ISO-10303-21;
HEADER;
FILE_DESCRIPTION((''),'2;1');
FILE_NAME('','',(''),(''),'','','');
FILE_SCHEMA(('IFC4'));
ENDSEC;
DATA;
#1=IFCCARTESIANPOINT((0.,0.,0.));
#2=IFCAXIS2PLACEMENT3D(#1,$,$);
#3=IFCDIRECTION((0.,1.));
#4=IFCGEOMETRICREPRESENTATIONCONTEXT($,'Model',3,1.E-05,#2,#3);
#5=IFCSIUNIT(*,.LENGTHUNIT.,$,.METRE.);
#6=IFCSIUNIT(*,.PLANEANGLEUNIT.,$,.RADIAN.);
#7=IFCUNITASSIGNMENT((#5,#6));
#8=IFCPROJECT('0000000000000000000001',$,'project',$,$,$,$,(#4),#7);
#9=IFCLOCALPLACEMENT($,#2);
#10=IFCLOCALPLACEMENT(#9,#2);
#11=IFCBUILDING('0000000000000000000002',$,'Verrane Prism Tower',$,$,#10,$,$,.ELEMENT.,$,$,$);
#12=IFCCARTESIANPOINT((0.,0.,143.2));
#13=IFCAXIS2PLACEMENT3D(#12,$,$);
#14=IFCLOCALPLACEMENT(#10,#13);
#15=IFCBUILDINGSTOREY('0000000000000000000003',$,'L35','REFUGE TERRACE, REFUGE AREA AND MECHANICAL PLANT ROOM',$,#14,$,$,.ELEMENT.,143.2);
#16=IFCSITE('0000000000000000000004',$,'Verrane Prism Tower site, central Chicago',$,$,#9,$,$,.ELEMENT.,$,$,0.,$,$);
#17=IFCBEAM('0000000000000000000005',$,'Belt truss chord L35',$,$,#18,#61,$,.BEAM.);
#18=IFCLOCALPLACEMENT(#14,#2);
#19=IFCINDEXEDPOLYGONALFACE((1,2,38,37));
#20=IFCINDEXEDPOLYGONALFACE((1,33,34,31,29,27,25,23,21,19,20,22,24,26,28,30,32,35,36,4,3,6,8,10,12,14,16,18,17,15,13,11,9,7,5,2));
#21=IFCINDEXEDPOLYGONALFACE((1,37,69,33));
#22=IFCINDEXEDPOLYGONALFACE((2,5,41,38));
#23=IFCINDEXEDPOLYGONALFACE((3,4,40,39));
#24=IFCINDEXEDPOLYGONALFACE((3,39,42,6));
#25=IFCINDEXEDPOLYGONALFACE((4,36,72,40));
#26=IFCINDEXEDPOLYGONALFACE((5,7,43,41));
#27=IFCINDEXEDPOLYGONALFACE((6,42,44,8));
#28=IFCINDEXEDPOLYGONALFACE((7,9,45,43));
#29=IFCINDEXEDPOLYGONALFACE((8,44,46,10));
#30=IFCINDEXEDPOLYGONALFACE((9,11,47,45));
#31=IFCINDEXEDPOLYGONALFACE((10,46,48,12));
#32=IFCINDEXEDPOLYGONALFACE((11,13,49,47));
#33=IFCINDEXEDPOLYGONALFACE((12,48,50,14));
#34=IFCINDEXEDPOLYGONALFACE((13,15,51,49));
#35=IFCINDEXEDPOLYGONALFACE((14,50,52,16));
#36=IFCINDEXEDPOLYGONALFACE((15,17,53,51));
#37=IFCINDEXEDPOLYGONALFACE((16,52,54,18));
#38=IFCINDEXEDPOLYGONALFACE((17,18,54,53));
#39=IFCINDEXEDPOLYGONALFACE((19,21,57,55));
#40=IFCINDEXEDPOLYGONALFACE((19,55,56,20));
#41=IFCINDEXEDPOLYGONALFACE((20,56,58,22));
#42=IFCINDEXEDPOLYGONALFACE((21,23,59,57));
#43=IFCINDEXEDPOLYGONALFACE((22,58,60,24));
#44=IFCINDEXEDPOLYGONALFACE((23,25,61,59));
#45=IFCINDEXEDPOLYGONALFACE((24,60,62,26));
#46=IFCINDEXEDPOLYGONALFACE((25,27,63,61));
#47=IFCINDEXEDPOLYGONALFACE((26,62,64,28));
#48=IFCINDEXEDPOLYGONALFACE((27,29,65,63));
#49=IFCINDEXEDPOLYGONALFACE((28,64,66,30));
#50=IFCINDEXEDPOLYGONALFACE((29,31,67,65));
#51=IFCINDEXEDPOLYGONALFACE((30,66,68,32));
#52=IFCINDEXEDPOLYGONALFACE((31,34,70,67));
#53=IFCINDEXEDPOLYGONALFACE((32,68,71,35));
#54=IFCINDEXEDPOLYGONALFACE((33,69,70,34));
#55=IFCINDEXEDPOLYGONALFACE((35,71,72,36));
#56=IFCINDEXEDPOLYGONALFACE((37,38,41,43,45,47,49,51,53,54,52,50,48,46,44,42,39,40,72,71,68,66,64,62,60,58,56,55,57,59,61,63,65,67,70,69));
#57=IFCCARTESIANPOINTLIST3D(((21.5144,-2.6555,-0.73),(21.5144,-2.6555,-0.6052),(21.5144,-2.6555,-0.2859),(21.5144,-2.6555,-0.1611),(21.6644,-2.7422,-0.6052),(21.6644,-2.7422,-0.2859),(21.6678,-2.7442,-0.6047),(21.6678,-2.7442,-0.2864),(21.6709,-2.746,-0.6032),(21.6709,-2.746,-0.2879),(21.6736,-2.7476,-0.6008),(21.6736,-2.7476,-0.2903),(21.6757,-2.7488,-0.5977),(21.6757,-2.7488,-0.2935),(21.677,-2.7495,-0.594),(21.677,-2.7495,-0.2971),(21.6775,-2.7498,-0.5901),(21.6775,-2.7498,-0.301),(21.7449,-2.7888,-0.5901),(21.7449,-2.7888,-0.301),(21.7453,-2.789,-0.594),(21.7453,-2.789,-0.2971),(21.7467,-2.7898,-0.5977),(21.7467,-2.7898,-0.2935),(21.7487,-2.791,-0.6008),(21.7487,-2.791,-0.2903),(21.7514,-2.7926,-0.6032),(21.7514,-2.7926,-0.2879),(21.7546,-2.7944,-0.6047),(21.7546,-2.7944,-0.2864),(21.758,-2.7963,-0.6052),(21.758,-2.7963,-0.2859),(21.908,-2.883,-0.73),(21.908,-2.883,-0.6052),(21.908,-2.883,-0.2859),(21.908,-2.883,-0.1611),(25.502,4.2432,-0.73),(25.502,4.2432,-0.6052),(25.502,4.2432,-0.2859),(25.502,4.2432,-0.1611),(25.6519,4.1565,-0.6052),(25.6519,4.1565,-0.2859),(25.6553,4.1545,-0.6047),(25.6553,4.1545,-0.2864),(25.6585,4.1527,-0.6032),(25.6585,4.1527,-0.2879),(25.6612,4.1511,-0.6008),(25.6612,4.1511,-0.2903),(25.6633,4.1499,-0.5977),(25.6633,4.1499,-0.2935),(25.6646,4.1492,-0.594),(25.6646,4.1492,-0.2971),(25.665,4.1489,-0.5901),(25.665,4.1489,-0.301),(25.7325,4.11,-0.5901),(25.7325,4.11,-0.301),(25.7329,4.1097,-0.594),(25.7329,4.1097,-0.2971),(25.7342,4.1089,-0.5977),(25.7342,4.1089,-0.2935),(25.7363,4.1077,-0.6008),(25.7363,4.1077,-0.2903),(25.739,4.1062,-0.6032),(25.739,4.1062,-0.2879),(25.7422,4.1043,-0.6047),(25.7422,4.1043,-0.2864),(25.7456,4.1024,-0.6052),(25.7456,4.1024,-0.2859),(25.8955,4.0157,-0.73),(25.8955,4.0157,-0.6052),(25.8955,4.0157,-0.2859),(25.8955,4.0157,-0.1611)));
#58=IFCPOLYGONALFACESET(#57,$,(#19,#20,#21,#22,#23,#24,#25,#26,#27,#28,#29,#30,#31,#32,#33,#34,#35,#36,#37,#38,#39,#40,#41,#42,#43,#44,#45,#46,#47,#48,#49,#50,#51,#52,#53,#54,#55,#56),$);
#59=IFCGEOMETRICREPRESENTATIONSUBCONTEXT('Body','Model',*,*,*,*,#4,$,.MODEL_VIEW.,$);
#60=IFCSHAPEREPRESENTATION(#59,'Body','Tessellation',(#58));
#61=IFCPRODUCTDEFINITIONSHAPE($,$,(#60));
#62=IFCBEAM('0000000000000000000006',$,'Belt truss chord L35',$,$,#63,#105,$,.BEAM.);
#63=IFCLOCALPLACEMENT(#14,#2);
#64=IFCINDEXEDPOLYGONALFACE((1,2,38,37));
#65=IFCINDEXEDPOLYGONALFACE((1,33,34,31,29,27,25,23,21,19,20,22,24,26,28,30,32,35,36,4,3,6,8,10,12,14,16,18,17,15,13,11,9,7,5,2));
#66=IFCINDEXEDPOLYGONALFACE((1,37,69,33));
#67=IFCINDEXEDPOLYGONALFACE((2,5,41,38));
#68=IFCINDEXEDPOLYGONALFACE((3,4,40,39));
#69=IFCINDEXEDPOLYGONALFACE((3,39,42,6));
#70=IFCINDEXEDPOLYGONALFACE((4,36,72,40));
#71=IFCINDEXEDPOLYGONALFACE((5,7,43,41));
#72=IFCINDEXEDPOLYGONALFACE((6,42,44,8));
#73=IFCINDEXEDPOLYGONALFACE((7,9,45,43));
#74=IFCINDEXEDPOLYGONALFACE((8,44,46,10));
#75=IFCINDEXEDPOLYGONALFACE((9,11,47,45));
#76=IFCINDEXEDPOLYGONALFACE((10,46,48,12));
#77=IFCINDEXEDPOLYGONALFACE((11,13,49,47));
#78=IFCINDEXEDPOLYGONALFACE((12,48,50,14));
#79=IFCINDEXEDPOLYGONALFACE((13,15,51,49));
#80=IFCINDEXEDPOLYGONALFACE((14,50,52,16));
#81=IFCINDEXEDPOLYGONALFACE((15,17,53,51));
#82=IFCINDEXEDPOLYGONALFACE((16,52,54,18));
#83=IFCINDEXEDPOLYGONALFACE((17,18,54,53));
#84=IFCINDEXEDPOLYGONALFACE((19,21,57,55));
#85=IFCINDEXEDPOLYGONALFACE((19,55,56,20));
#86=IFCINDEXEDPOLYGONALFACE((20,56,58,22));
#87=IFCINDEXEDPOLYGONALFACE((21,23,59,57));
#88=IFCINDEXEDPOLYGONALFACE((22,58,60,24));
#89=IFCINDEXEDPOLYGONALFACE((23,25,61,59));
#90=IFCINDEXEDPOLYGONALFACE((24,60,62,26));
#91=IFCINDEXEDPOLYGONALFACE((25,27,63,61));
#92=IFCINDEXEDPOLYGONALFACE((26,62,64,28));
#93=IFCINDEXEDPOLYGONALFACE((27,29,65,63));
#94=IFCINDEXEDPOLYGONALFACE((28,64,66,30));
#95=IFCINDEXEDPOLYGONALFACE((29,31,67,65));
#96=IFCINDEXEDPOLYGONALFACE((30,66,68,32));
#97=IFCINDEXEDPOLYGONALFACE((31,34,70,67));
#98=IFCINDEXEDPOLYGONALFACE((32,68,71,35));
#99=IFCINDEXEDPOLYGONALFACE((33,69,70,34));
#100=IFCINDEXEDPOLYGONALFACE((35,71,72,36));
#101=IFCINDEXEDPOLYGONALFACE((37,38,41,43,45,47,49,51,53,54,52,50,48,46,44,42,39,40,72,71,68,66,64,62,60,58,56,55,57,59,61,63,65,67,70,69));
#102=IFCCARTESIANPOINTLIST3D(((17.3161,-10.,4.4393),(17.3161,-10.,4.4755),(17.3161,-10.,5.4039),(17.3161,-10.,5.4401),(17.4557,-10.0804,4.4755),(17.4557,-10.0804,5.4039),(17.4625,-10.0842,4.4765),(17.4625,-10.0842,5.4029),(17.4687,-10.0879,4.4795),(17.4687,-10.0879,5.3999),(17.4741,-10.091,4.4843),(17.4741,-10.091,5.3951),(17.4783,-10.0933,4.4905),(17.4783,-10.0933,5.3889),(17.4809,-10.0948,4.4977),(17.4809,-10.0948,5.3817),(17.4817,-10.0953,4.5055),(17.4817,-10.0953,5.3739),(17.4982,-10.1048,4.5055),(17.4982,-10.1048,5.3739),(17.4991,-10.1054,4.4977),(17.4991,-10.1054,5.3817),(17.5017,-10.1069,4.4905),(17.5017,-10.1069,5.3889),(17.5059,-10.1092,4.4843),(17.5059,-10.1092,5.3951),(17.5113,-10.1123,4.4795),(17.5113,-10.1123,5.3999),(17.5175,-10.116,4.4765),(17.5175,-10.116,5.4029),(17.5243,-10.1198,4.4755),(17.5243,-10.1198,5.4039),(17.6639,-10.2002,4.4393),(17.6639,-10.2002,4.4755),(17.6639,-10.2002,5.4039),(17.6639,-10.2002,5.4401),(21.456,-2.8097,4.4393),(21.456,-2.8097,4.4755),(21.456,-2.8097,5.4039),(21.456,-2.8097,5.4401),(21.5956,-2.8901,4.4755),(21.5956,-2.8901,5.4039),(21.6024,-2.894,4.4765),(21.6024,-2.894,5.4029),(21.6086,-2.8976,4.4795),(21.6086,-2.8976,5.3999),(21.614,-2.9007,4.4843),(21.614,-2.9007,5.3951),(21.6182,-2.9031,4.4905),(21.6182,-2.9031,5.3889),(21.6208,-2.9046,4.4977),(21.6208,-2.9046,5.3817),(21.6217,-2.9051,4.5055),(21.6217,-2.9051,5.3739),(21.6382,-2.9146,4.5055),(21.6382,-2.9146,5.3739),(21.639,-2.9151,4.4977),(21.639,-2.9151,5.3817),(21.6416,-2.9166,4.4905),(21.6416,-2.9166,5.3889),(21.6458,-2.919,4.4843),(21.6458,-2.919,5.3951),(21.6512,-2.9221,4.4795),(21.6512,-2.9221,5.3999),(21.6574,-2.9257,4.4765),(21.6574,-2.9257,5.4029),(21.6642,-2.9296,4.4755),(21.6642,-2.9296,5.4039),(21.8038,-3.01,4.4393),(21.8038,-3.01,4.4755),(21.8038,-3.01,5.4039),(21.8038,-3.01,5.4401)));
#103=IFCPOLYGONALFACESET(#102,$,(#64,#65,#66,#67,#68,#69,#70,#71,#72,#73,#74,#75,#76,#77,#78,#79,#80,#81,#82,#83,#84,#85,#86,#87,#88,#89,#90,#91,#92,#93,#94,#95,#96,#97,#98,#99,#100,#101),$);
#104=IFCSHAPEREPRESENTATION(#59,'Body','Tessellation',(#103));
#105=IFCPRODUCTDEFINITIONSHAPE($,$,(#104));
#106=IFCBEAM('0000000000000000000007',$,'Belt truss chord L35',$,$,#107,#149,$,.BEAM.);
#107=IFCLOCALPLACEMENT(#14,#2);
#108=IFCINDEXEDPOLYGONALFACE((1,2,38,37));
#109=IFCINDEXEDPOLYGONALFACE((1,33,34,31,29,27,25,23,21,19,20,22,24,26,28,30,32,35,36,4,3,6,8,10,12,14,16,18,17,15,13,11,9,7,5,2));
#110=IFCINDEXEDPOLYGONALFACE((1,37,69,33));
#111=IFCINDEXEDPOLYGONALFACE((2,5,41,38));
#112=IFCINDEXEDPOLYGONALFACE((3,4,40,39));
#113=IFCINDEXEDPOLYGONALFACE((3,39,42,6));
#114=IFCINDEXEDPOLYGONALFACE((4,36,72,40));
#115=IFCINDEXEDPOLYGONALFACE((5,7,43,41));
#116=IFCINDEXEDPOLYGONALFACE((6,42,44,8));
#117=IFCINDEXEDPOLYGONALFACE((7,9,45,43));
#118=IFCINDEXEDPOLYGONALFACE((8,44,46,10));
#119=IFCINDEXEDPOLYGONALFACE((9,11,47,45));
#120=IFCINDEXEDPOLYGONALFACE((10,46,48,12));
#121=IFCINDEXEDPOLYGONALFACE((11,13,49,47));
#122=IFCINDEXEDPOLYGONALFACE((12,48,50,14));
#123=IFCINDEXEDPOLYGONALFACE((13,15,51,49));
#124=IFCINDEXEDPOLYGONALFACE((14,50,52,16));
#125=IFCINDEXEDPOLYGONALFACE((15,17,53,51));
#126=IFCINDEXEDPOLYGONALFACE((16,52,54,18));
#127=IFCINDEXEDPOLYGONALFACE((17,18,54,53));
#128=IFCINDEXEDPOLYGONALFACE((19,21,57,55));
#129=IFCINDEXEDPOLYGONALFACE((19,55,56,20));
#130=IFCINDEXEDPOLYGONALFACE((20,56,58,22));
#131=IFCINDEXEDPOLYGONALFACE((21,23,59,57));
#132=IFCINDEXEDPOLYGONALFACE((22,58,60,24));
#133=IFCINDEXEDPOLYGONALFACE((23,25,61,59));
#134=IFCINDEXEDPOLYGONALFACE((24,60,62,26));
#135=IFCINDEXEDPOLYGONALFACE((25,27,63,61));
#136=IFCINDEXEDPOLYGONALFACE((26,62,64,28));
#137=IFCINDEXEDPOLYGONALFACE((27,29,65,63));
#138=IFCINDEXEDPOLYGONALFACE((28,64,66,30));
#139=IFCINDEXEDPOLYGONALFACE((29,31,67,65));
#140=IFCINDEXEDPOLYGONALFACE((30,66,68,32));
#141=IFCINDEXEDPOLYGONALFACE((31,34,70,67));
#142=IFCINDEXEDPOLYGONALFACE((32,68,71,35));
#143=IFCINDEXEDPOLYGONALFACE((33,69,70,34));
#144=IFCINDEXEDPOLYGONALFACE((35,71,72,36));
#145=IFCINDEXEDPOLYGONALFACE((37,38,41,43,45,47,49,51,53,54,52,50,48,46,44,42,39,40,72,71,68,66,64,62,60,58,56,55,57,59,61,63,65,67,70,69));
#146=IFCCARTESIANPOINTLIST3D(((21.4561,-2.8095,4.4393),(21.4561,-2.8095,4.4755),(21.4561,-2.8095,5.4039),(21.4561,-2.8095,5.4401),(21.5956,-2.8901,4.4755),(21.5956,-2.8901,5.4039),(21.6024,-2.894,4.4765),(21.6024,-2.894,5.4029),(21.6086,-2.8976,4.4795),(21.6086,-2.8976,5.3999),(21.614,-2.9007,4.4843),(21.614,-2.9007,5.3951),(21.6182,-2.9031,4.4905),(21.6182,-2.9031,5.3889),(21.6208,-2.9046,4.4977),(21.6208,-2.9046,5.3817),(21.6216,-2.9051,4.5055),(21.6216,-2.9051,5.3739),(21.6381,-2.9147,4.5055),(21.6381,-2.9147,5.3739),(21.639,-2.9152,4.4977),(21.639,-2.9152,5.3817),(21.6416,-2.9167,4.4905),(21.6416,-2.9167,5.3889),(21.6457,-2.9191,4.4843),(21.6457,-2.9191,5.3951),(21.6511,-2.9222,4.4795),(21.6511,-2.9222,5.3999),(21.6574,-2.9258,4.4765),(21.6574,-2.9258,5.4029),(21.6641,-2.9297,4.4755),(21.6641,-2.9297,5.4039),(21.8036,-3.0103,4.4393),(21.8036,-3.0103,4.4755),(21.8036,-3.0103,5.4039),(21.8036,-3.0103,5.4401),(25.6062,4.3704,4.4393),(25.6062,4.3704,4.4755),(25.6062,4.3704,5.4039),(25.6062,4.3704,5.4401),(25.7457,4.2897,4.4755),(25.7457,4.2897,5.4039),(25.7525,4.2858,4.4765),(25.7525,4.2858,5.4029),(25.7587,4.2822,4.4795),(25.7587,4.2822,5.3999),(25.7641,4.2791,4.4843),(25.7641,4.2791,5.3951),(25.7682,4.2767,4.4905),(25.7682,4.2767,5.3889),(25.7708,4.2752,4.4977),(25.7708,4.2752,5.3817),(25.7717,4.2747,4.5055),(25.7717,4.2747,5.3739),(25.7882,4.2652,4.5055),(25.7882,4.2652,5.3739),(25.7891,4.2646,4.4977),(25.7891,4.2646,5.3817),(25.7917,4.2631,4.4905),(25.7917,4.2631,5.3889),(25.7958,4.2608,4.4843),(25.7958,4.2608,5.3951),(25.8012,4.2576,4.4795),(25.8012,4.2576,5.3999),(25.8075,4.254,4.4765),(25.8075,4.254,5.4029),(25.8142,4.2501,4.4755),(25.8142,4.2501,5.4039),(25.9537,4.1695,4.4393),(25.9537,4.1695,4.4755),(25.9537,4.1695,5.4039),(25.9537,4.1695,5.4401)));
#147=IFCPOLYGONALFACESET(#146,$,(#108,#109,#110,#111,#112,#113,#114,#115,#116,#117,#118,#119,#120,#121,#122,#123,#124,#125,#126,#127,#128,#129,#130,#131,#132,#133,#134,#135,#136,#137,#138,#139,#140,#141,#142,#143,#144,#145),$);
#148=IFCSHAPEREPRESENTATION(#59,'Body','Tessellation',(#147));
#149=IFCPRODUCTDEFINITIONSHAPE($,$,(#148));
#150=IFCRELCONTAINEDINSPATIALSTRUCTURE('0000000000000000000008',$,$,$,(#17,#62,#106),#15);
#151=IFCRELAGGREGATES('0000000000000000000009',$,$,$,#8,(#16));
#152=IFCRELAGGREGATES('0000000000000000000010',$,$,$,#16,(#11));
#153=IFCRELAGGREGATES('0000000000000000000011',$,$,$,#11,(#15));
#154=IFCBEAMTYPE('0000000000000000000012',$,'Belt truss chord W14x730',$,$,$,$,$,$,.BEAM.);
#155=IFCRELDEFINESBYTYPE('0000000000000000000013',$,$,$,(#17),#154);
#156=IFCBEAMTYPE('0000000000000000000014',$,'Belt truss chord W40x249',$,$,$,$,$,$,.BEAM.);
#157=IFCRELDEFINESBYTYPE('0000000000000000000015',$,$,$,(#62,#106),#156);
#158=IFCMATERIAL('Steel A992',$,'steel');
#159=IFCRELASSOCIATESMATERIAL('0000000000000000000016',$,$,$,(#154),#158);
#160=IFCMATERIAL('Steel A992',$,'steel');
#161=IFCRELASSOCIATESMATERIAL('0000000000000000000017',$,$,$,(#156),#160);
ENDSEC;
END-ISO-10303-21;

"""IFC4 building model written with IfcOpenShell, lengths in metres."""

from ifc_helpers import new_model, si_unit, direction, frame, origin, origin_2d, place, context, subcontext, project, spatial, i_section, extrude, material, material_profile, profile_set, type_object, element, save


model = new_model("IFC4")

# Units and contexts
model_context = context("Model", 3, precision=1e-05, world=origin(), true_north=direction((0.0, 1.0)))
body_context = subcontext(model_context, "Body", "Model", "MODEL_VIEW")
ifc_project = project(units=[si_unit("LENGTHUNIT", "METRE"), si_unit("PLANEANGLEUNIT", "RADIAN")], contexts=[model_context])

# Site, building, storey
site_placement = place(None, origin())
site = spatial("IfcSite", under=ifc_project, at=site_placement, Name="Verrane Prism Tower site, central Chicago", CompositionType="ELEMENT", RefElevation=0.0)
building_placement = place(site_placement, origin())
building = spatial("IfcBuilding", under=site, at=building_placement, Name="Verrane Prism Tower", CompositionType="ELEMENT")
storey_placement = place(building_placement, frame((0.0, 0.0, 143.2)))
storey = spatial("IfcBuildingStorey", under=building, at=storey_placement, Name="L35", Description="REFUGE TERRACE, REFUGE AREA AND MECHANICAL PLANT ROOM", CompositionType="ELEMENT", Elevation=143.2)

# Beams
ifc_material_1 = material(Name="Steel A992", Category="steel")
ifc_material_profile_1 = material_profile(ifc_material_1, i_section(OverallWidth=0.4546, OverallDepth=0.5688, WebThickness=0.0779, FlangeThickness=0.1248, FilletRadius=0.0151, at=origin_2d()), Name="W14x730")
ifc_profile_set_1 = profile_set([ifc_material_profile_1], Name="Steel A992")
beam_type_1 = type_object("IfcBeamType", Name="Belt truss chord W14x730", PredefinedType="BEAM", material=ifc_profile_set_1)
beam_1_placement = place(storey_placement, frame((21.7112, -2.7693, -0.4456), z_axis=(0.500432, 0.865776, 0.0), x_axis=(-0.865776, 0.500432, 0.0)))
element("IfcBeam", 1, at=beam_1_placement, inside=storey, type_object=beam_type_1, Name="Belt truss chord L35", PredefinedType="BEAM", context=body_context, shape_type="SweptSolid", body=[
    extrude(i_section(OverallWidth=0.4546, OverallDepth=0.5688, WebThickness=0.0779, FlangeThickness=0.1248, FilletRadius=0.0151, at=origin_2d()), origin(), (0.0, 0.0, 1.0), 7.9683),
])
ifc_material_2 = material(Name="Steel A992", Category="steel")
ifc_material_profile_2 = material_profile(ifc_material_2, i_section(OverallWidth=0.4014, OverallDepth=1.0007, WebThickness=0.019, FlangeThickness=0.0361, FilletRadius=0.03, at=origin_2d()), Name="W40x249")
ifc_profile_set_2 = profile_set([ifc_material_profile_2], Name="Steel A992")
beam_type_2 = type_object("IfcBeamType", Name="Belt truss chord W40x249", PredefinedType="BEAM", material=ifc_profile_set_2)
beam_2_placement = place(storey_placement, frame((17.49, -10.1001, 4.9397), z_axis=(0.498972, 0.866618, 0.0), x_axis=(-0.866618, 0.498972, 0.0)))
element("IfcBeam", 2, at=beam_2_placement, inside=storey, type_object=beam_type_2, Name="Belt truss chord L35", PredefinedType="BEAM", context=body_context, shape_type="SweptSolid", body=[
    extrude(i_section(OverallWidth=0.4014, OverallDepth=1.0007, WebThickness=0.019, FlangeThickness=0.0361, FilletRadius=0.03, at=origin_2d()), origin(), (0.0, 0.0, 1.0), 8.2969),
])
beam_3_placement = place(storey_placement, frame((21.6299, -2.9099, 4.9397), z_axis=(0.500435, 0.865774, 0.0), x_axis=(-0.865774, 0.500435, 0.0)))
element("IfcBeam", 3, at=beam_3_placement, inside=storey, type_object=beam_type_2, Name="Belt truss chord L35", PredefinedType="BEAM", context=body_context, shape_type="SweptSolid", body=[
    extrude(i_section(OverallWidth=0.4014, OverallDepth=1.0007, WebThickness=0.019, FlangeThickness=0.0361, FilletRadius=0.03, at=origin_2d()), origin(), (0.0, 0.0, 1.0), 8.293),
])

save(model, "model.ifc")
